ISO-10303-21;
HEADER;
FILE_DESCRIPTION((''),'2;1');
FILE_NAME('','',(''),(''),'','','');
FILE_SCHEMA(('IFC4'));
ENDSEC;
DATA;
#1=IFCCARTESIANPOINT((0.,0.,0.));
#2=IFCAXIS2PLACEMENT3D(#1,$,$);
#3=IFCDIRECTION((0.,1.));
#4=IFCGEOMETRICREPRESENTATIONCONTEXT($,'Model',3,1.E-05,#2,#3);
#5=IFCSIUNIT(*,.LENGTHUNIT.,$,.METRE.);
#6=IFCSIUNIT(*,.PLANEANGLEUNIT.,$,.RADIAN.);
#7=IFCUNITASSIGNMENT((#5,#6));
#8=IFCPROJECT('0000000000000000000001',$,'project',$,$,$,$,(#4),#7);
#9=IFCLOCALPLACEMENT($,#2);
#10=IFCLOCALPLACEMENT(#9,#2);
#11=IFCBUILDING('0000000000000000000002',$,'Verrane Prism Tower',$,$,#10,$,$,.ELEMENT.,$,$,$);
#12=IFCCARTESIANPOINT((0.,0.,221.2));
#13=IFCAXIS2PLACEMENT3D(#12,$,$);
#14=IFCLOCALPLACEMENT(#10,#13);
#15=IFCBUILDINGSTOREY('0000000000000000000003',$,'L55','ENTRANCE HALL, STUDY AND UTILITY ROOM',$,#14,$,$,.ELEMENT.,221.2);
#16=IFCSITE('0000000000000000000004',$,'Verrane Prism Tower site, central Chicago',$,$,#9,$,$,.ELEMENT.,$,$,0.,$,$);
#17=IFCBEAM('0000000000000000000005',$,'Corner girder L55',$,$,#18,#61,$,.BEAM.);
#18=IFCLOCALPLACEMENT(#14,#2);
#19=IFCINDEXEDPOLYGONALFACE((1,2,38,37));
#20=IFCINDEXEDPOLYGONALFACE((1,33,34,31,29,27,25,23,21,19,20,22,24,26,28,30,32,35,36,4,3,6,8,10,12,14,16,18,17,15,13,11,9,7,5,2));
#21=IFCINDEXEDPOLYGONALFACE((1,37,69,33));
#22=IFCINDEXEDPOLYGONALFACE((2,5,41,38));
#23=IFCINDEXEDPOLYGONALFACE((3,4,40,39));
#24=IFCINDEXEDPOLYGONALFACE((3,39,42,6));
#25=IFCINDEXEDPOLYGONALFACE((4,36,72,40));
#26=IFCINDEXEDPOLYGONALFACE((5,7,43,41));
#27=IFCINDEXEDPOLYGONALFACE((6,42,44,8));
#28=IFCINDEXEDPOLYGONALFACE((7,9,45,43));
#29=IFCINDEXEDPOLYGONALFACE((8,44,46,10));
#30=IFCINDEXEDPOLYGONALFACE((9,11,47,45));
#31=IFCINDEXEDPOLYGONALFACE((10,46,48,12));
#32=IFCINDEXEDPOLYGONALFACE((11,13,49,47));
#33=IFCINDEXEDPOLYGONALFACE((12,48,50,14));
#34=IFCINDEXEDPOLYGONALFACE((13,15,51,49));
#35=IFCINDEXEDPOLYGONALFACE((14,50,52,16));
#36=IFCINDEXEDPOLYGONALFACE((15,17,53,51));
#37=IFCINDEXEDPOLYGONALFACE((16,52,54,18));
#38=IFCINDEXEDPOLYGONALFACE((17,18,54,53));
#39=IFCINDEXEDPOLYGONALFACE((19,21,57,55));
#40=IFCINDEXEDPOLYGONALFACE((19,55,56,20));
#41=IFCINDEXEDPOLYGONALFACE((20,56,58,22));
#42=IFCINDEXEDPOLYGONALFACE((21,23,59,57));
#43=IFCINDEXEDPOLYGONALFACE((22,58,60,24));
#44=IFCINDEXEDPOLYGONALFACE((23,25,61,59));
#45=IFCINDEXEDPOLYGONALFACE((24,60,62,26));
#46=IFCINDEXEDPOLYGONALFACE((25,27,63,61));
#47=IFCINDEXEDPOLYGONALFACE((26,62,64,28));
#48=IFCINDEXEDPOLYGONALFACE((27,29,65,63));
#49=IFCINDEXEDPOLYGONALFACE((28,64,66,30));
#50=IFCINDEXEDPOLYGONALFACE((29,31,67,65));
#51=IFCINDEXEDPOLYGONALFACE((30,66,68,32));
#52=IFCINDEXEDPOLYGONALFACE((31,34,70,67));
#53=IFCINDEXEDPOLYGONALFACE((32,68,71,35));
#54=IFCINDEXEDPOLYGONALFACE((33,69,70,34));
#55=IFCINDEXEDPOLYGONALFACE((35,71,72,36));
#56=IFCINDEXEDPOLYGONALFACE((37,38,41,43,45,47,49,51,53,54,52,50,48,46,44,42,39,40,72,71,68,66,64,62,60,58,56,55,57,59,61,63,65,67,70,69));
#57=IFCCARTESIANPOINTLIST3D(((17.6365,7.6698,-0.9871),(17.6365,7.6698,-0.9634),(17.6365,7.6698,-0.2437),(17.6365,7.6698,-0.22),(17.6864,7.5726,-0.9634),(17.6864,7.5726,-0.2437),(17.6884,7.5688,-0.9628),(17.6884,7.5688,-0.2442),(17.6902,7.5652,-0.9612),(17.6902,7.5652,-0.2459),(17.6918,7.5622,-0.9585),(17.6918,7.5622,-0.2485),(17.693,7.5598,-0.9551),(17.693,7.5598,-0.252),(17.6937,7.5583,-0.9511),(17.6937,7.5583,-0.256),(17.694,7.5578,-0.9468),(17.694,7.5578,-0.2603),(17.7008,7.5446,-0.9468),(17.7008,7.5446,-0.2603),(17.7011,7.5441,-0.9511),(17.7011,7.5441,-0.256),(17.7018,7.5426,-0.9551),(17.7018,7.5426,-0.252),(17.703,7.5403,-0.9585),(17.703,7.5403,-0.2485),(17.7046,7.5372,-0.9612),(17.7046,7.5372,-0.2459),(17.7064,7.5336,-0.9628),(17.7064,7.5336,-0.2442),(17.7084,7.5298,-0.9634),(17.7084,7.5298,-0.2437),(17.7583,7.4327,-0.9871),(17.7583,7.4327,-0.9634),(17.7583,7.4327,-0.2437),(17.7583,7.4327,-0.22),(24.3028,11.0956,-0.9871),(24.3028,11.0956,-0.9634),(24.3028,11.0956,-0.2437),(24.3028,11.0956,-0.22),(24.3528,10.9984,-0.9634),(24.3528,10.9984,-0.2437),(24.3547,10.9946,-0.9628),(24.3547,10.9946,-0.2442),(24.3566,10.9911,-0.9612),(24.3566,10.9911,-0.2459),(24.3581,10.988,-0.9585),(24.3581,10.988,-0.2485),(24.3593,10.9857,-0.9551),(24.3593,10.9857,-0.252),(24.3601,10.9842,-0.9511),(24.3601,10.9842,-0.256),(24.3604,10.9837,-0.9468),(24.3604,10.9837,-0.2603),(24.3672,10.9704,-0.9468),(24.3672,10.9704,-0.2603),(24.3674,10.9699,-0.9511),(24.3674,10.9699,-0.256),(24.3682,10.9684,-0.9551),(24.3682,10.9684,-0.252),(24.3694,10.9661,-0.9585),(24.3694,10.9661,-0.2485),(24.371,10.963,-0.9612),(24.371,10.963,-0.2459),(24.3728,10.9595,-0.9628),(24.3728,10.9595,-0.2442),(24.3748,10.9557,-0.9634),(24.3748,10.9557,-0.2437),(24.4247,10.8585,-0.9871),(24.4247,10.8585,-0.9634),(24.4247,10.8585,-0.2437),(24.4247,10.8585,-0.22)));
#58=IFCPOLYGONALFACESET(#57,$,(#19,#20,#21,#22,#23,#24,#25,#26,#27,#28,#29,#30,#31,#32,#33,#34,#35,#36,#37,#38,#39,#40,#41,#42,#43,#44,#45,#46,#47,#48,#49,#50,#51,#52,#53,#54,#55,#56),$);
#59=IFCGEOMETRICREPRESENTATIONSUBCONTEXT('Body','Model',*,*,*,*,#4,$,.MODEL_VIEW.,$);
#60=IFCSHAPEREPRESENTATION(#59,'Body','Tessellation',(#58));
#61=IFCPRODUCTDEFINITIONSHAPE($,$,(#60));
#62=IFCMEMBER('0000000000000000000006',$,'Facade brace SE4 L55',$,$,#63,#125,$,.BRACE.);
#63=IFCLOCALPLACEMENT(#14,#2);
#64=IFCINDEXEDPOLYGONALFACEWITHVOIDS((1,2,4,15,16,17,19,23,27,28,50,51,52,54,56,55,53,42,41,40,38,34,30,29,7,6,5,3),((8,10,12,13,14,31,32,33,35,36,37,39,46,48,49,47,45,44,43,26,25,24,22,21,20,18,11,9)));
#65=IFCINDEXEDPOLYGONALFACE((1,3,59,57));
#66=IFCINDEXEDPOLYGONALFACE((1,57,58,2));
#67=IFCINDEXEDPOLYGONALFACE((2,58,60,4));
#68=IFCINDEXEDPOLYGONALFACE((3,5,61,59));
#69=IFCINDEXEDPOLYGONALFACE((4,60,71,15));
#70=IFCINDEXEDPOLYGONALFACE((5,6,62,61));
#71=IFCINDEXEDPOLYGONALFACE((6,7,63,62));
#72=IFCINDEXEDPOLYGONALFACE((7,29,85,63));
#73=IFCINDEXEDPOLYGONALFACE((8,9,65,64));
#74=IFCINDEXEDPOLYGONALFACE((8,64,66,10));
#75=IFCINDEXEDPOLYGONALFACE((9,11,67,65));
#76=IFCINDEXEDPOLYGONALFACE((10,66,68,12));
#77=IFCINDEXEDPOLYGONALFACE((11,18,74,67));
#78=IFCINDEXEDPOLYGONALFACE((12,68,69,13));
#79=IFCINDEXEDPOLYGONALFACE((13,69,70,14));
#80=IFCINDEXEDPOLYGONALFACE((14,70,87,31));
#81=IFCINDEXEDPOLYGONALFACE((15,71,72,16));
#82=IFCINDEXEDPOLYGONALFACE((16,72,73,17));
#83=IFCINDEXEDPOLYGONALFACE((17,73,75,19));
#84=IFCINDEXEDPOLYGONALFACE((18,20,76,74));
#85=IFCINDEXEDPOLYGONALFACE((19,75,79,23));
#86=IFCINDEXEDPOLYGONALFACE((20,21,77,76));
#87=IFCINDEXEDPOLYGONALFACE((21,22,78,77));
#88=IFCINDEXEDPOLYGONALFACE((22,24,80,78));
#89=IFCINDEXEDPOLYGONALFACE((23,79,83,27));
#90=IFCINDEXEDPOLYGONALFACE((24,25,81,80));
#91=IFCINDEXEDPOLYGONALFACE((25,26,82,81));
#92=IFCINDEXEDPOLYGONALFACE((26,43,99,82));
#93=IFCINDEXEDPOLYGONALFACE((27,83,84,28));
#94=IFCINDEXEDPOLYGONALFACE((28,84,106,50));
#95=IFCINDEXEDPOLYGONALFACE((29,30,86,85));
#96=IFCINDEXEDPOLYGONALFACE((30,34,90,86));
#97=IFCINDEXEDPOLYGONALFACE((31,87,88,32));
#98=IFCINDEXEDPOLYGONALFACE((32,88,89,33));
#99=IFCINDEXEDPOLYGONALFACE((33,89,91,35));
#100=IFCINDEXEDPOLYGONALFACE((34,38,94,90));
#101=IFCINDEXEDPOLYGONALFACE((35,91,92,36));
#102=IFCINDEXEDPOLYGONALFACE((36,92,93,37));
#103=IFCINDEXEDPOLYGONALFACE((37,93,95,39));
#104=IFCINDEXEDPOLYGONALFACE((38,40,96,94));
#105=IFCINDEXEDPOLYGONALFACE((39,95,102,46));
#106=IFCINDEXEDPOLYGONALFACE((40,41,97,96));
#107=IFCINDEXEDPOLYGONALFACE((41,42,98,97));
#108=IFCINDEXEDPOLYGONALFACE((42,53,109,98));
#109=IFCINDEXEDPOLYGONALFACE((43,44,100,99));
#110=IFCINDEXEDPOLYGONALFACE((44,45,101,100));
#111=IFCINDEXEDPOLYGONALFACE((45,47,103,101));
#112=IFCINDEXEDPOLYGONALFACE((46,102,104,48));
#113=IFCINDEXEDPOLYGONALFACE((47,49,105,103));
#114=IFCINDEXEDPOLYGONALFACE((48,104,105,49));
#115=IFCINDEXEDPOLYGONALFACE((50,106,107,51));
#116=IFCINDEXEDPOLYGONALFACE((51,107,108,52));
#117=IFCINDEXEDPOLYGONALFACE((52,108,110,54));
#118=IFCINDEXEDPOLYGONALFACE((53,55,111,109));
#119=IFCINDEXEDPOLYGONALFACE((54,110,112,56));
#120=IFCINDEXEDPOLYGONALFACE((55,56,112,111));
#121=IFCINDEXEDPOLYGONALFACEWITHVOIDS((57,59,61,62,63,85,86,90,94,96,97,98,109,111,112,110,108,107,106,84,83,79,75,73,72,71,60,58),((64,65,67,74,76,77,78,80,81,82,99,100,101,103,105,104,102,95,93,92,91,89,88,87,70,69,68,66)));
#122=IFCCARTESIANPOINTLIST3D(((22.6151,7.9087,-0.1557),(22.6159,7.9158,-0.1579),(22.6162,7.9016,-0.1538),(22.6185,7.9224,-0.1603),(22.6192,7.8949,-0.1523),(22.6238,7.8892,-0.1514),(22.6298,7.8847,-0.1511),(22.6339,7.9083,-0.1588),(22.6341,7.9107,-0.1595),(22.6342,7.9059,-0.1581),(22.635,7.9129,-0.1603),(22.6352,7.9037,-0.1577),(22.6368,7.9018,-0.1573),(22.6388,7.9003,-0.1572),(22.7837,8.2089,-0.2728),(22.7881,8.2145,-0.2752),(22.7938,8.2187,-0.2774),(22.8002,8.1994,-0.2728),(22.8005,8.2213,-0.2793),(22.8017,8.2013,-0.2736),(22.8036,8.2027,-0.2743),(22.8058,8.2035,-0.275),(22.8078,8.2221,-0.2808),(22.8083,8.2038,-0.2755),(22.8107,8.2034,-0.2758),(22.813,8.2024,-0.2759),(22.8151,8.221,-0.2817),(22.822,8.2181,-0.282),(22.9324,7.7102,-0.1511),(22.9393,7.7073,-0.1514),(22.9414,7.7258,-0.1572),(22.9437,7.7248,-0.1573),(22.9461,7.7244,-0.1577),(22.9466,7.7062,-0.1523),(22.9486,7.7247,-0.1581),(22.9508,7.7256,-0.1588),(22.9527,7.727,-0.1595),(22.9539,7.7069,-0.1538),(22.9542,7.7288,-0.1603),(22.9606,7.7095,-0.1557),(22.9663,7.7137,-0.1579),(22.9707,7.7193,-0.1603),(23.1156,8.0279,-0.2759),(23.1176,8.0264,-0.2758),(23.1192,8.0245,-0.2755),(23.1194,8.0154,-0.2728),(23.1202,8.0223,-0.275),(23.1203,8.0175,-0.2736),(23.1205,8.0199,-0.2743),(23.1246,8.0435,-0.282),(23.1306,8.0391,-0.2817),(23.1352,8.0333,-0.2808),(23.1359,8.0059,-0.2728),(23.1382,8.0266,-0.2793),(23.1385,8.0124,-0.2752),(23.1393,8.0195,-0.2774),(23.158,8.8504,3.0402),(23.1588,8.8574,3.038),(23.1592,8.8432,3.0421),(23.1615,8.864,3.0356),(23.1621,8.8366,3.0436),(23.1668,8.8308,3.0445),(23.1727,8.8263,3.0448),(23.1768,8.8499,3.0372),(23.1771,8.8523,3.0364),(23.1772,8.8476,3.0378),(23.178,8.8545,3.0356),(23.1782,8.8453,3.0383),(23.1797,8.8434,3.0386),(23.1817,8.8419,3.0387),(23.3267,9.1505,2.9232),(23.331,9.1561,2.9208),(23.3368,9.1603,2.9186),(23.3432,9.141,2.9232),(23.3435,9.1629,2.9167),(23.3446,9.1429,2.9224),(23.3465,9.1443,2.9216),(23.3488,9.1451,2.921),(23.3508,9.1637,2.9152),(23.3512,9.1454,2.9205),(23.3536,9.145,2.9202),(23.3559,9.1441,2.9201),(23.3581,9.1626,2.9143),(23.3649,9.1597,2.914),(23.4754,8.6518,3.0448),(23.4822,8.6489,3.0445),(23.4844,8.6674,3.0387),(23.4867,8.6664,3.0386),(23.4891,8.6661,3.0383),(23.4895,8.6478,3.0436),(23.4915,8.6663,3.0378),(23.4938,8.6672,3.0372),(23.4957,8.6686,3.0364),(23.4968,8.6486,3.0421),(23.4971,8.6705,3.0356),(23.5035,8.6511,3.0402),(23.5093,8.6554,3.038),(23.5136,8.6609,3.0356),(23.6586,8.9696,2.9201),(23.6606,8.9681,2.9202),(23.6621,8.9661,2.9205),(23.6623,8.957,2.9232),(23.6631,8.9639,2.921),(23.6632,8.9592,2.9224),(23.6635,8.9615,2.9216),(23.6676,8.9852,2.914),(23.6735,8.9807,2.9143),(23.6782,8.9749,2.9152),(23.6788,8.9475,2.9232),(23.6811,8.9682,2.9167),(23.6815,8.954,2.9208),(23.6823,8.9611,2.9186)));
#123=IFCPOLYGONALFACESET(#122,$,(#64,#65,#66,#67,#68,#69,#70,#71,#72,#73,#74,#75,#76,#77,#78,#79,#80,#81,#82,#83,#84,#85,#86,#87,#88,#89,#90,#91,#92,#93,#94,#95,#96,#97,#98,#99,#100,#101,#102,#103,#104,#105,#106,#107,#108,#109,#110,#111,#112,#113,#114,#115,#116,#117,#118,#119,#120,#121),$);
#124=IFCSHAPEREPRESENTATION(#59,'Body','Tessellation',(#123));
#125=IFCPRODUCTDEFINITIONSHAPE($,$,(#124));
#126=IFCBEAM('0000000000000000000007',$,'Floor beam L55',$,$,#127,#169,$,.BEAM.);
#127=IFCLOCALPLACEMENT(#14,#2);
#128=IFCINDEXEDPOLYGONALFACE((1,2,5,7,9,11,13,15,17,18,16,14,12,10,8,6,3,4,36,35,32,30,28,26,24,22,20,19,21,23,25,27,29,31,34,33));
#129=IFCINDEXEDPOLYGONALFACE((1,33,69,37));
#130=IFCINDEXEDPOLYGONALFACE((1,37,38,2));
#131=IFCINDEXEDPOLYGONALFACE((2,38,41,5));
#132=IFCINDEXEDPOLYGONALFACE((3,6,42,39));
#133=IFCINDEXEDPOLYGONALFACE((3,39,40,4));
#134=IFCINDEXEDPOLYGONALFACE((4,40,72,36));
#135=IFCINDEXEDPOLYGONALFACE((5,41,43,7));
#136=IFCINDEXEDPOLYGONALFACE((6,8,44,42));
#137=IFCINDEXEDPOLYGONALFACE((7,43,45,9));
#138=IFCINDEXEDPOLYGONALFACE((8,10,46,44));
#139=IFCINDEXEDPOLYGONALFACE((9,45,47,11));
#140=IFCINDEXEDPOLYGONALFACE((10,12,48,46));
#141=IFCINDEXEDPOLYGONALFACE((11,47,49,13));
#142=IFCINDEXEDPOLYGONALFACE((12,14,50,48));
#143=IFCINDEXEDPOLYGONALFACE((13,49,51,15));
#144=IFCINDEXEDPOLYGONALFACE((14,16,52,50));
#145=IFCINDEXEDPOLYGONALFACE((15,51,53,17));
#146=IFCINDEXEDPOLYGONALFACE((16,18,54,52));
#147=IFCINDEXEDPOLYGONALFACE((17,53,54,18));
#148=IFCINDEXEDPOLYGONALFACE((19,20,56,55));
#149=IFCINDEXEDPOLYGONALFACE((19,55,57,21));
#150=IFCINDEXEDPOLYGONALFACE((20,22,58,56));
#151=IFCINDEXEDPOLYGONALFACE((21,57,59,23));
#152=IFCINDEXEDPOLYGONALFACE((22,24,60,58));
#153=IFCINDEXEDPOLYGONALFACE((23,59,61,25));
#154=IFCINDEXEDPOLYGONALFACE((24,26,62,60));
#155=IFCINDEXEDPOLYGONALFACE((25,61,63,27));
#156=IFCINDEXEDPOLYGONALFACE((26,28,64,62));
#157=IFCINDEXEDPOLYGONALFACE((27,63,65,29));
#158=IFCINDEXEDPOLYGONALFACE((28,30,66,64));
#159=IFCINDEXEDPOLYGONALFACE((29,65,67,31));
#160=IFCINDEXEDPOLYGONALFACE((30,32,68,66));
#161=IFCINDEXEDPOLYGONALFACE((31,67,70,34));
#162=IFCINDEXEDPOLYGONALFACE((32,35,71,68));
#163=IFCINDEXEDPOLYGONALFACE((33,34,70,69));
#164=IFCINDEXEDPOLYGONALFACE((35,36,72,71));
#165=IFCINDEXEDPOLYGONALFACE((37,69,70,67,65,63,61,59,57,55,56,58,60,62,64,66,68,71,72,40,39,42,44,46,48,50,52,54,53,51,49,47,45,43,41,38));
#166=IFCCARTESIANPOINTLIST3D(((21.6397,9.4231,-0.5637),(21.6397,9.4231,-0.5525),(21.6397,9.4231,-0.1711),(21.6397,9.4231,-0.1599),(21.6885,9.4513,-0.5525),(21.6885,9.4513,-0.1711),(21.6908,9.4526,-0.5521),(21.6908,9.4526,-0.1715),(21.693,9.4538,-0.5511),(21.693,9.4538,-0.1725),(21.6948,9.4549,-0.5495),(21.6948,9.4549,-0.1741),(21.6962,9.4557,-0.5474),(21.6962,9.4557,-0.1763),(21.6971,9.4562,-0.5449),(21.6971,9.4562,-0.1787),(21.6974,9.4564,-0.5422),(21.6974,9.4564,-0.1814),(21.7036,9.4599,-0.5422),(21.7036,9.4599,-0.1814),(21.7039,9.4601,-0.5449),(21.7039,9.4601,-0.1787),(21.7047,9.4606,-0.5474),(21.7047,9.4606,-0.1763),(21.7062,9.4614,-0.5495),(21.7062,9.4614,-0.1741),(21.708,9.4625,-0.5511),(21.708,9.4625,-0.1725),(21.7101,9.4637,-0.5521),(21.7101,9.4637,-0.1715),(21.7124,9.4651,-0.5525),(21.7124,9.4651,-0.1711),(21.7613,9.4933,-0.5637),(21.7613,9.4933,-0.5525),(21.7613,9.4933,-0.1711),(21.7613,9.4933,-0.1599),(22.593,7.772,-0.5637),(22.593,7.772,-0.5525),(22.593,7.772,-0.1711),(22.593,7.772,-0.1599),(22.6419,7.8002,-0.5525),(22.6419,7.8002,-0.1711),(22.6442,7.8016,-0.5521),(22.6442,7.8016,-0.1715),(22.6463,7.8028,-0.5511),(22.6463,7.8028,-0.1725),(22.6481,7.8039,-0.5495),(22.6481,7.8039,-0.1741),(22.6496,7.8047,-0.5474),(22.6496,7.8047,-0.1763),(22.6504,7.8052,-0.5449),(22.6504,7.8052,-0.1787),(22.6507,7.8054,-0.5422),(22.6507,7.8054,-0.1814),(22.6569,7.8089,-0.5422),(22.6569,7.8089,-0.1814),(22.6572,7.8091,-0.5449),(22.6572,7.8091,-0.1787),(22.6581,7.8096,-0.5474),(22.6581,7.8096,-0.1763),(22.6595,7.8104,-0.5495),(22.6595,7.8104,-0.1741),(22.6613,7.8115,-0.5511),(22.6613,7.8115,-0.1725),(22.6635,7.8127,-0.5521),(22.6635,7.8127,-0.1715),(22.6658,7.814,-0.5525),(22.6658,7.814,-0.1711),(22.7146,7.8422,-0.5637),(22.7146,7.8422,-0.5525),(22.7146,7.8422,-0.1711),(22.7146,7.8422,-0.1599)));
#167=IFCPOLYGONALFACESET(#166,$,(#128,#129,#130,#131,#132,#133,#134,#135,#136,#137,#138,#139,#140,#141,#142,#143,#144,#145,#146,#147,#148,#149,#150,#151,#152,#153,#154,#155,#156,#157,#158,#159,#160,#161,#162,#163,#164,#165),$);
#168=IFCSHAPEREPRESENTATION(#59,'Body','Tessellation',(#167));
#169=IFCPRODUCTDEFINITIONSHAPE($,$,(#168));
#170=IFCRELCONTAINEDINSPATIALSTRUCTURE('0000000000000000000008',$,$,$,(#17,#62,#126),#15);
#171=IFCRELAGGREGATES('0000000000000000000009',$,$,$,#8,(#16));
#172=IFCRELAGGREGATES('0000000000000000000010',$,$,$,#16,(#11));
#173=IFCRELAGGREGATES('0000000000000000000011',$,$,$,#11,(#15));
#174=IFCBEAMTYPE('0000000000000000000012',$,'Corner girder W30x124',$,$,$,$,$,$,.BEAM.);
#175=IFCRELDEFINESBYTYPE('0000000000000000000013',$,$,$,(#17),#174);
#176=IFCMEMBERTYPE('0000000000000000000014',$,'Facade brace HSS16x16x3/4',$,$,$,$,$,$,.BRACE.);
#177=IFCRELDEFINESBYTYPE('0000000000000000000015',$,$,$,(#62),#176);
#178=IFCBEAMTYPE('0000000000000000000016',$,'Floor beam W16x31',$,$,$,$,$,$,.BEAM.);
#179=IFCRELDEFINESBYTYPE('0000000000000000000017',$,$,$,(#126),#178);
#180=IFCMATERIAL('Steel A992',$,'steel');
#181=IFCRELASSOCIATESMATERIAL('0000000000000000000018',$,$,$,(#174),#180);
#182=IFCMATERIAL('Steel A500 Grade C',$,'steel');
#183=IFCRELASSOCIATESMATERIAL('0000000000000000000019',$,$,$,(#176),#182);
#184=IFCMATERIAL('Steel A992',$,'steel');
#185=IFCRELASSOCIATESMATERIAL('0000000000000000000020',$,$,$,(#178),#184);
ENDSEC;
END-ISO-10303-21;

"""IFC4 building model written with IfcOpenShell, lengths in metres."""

from ifc_helpers import new_model, si_unit, direction, frame, origin, origin_2d, place, context, subcontext, project, spatial, hollow_rectangle, i_section, extrude, material, material_profile, profile_set, type_object, element, save


model = new_model("IFC4")

# Units and contexts
model_context = context("Model", 3, precision=1e-05, world=origin(), true_north=direction((0.0, 1.0)))
body_context = subcontext(model_context, "Body", "Model", "MODEL_VIEW")
ifc_project = project(units=[si_unit("LENGTHUNIT", "METRE"), si_unit("PLANEANGLEUNIT", "RADIAN")], contexts=[model_context])

# Site, building, storey
site_placement = place(None, origin())
site = spatial("IfcSite", under=ifc_project, at=site_placement, Name="Verrane Prism Tower site, central Chicago", CompositionType="ELEMENT", RefElevation=0.0)
building_placement = place(site_placement, origin())
building = spatial("IfcBuilding", under=site, at=building_placement, Name="Verrane Prism Tower", CompositionType="ELEMENT")
storey_placement = place(building_placement, frame((0.0, 0.0, 221.2)))
storey = spatial("IfcBuildingStorey", under=building, at=storey_placement, Name="L55", Description="ENTRANCE HALL, STUDY AND UTILITY ROOM", CompositionType="ELEMENT", Elevation=221.2)

# Beam
ifc_material_1 = material(Name="Steel A992", Category="steel")
ifc_material_profile_1 = material_profile(ifc_material_1, i_section(OverallWidth=0.2666, OverallDepth=0.7671, WebThickness=0.0149, FlangeThickness=0.0237, FilletRadius=0.0166, at=origin_2d()), Name="W30x124")
ifc_profile_set_1 = profile_set([ifc_material_profile_1], Name="Steel A992")
beam_type_1 = type_object("IfcBeamType", Name="Corner girder W30x124", PredefinedType="BEAM", material=ifc_profile_set_1)
beam_1_placement = place(storey_placement, frame((24.3638, 10.9771, -0.6035), z_axis=(-0.889428, -0.457076, 0.0), x_axis=(0.457076, -0.889428, 0.0)))
element("IfcBeam", 1, at=beam_1_placement, inside=storey, type_object=beam_type_1, Name="Corner girder L55", PredefinedType="BEAM", context=body_context, shape_type="SweptSolid", body=[
    extrude(i_section(OverallWidth=0.2666, OverallDepth=0.7671, WebThickness=0.0149, FlangeThickness=0.0237, FilletRadius=0.0166, at=origin_2d()), origin(), (0.0, 0.0, 1.0), 7.4951),
])

# Member
ifc_material_2 = material(Name="Steel A500 Grade C", Category="steel")
ifc_material_profile_2 = material_profile(ifc_material_2, hollow_rectangle(XDim=0.4065, YDim=0.4065, WallThickness=0.019, InnerFilletRadius=0.0095, OuterFilletRadius=0.0286, at=origin_2d()), Name="HSS16x16x3/4")
ifc_profile_set_2 = profile_set([ifc_material_profile_2], Name="Steel A500 Grade C")
member_type_1 = type_object("IfcMemberType", Name="Facade brace HSS16x16x3/4", PredefinedType="BRACE", material=ifc_profile_set_2)
member_1_placement = place(storey_placement, frame((22.8772, 7.9641, -0.2166), z_axis=(0.16084, 0.278939, 0.946744), x_axis=(-0.866301, 0.499522, 0.0)))
element("IfcMember", 2, at=member_1_placement, inside=storey, type_object=member_type_1, Name="Facade brace SE4 L55", PredefinedType="BRACE", context=body_context, shape_type="SweptSolid", body=[
    extrude(hollow_rectangle(XDim=0.4065, YDim=0.4065, WallThickness=0.019, InnerFilletRadius=0.0095, OuterFilletRadius=0.0286, at=origin_2d()), origin(), (0.0, 0.0, 1.0), 3.3757),
])

# Beam
ifc_material_3 = material(Name="Steel A992", Category="steel")
ifc_material_profile_3 = material_profile(ifc_material_3, i_section(OverallWidth=0.1404, OverallDepth=0.4038, WebThickness=0.0071, FlangeThickness=0.0112, FilletRadius=0.0103, at=origin_2d()), Name="W16x31")
ifc_profile_set_3 = profile_set([ifc_material_profile_3], Name="Steel A992")
beam_type_2 = type_object("IfcBeamType", Name="Floor beam W16x31", PredefinedType="BEAM", material=ifc_profile_set_3)
beam_2_placement = place(storey_placement, frame((22.6538, 7.8071, -0.3618), z_axis=(-0.500037, 0.866004, 0.0), x_axis=(-0.866004, -0.500037, 0.0)))
element("IfcBeam", 3, at=beam_2_placement, inside=storey, type_object=beam_type_2, Name="Floor beam L55", PredefinedType="BEAM", context=body_context, shape_type="SweptSolid", body=[
    extrude(i_section(OverallWidth=0.1404, OverallDepth=0.4038, WebThickness=0.0071, FlangeThickness=0.0112, FilletRadius=0.0103, at=origin_2d()), origin(), (0.0, 0.0, 1.0), 1.9065),
])

save(model, "model.ifc")
